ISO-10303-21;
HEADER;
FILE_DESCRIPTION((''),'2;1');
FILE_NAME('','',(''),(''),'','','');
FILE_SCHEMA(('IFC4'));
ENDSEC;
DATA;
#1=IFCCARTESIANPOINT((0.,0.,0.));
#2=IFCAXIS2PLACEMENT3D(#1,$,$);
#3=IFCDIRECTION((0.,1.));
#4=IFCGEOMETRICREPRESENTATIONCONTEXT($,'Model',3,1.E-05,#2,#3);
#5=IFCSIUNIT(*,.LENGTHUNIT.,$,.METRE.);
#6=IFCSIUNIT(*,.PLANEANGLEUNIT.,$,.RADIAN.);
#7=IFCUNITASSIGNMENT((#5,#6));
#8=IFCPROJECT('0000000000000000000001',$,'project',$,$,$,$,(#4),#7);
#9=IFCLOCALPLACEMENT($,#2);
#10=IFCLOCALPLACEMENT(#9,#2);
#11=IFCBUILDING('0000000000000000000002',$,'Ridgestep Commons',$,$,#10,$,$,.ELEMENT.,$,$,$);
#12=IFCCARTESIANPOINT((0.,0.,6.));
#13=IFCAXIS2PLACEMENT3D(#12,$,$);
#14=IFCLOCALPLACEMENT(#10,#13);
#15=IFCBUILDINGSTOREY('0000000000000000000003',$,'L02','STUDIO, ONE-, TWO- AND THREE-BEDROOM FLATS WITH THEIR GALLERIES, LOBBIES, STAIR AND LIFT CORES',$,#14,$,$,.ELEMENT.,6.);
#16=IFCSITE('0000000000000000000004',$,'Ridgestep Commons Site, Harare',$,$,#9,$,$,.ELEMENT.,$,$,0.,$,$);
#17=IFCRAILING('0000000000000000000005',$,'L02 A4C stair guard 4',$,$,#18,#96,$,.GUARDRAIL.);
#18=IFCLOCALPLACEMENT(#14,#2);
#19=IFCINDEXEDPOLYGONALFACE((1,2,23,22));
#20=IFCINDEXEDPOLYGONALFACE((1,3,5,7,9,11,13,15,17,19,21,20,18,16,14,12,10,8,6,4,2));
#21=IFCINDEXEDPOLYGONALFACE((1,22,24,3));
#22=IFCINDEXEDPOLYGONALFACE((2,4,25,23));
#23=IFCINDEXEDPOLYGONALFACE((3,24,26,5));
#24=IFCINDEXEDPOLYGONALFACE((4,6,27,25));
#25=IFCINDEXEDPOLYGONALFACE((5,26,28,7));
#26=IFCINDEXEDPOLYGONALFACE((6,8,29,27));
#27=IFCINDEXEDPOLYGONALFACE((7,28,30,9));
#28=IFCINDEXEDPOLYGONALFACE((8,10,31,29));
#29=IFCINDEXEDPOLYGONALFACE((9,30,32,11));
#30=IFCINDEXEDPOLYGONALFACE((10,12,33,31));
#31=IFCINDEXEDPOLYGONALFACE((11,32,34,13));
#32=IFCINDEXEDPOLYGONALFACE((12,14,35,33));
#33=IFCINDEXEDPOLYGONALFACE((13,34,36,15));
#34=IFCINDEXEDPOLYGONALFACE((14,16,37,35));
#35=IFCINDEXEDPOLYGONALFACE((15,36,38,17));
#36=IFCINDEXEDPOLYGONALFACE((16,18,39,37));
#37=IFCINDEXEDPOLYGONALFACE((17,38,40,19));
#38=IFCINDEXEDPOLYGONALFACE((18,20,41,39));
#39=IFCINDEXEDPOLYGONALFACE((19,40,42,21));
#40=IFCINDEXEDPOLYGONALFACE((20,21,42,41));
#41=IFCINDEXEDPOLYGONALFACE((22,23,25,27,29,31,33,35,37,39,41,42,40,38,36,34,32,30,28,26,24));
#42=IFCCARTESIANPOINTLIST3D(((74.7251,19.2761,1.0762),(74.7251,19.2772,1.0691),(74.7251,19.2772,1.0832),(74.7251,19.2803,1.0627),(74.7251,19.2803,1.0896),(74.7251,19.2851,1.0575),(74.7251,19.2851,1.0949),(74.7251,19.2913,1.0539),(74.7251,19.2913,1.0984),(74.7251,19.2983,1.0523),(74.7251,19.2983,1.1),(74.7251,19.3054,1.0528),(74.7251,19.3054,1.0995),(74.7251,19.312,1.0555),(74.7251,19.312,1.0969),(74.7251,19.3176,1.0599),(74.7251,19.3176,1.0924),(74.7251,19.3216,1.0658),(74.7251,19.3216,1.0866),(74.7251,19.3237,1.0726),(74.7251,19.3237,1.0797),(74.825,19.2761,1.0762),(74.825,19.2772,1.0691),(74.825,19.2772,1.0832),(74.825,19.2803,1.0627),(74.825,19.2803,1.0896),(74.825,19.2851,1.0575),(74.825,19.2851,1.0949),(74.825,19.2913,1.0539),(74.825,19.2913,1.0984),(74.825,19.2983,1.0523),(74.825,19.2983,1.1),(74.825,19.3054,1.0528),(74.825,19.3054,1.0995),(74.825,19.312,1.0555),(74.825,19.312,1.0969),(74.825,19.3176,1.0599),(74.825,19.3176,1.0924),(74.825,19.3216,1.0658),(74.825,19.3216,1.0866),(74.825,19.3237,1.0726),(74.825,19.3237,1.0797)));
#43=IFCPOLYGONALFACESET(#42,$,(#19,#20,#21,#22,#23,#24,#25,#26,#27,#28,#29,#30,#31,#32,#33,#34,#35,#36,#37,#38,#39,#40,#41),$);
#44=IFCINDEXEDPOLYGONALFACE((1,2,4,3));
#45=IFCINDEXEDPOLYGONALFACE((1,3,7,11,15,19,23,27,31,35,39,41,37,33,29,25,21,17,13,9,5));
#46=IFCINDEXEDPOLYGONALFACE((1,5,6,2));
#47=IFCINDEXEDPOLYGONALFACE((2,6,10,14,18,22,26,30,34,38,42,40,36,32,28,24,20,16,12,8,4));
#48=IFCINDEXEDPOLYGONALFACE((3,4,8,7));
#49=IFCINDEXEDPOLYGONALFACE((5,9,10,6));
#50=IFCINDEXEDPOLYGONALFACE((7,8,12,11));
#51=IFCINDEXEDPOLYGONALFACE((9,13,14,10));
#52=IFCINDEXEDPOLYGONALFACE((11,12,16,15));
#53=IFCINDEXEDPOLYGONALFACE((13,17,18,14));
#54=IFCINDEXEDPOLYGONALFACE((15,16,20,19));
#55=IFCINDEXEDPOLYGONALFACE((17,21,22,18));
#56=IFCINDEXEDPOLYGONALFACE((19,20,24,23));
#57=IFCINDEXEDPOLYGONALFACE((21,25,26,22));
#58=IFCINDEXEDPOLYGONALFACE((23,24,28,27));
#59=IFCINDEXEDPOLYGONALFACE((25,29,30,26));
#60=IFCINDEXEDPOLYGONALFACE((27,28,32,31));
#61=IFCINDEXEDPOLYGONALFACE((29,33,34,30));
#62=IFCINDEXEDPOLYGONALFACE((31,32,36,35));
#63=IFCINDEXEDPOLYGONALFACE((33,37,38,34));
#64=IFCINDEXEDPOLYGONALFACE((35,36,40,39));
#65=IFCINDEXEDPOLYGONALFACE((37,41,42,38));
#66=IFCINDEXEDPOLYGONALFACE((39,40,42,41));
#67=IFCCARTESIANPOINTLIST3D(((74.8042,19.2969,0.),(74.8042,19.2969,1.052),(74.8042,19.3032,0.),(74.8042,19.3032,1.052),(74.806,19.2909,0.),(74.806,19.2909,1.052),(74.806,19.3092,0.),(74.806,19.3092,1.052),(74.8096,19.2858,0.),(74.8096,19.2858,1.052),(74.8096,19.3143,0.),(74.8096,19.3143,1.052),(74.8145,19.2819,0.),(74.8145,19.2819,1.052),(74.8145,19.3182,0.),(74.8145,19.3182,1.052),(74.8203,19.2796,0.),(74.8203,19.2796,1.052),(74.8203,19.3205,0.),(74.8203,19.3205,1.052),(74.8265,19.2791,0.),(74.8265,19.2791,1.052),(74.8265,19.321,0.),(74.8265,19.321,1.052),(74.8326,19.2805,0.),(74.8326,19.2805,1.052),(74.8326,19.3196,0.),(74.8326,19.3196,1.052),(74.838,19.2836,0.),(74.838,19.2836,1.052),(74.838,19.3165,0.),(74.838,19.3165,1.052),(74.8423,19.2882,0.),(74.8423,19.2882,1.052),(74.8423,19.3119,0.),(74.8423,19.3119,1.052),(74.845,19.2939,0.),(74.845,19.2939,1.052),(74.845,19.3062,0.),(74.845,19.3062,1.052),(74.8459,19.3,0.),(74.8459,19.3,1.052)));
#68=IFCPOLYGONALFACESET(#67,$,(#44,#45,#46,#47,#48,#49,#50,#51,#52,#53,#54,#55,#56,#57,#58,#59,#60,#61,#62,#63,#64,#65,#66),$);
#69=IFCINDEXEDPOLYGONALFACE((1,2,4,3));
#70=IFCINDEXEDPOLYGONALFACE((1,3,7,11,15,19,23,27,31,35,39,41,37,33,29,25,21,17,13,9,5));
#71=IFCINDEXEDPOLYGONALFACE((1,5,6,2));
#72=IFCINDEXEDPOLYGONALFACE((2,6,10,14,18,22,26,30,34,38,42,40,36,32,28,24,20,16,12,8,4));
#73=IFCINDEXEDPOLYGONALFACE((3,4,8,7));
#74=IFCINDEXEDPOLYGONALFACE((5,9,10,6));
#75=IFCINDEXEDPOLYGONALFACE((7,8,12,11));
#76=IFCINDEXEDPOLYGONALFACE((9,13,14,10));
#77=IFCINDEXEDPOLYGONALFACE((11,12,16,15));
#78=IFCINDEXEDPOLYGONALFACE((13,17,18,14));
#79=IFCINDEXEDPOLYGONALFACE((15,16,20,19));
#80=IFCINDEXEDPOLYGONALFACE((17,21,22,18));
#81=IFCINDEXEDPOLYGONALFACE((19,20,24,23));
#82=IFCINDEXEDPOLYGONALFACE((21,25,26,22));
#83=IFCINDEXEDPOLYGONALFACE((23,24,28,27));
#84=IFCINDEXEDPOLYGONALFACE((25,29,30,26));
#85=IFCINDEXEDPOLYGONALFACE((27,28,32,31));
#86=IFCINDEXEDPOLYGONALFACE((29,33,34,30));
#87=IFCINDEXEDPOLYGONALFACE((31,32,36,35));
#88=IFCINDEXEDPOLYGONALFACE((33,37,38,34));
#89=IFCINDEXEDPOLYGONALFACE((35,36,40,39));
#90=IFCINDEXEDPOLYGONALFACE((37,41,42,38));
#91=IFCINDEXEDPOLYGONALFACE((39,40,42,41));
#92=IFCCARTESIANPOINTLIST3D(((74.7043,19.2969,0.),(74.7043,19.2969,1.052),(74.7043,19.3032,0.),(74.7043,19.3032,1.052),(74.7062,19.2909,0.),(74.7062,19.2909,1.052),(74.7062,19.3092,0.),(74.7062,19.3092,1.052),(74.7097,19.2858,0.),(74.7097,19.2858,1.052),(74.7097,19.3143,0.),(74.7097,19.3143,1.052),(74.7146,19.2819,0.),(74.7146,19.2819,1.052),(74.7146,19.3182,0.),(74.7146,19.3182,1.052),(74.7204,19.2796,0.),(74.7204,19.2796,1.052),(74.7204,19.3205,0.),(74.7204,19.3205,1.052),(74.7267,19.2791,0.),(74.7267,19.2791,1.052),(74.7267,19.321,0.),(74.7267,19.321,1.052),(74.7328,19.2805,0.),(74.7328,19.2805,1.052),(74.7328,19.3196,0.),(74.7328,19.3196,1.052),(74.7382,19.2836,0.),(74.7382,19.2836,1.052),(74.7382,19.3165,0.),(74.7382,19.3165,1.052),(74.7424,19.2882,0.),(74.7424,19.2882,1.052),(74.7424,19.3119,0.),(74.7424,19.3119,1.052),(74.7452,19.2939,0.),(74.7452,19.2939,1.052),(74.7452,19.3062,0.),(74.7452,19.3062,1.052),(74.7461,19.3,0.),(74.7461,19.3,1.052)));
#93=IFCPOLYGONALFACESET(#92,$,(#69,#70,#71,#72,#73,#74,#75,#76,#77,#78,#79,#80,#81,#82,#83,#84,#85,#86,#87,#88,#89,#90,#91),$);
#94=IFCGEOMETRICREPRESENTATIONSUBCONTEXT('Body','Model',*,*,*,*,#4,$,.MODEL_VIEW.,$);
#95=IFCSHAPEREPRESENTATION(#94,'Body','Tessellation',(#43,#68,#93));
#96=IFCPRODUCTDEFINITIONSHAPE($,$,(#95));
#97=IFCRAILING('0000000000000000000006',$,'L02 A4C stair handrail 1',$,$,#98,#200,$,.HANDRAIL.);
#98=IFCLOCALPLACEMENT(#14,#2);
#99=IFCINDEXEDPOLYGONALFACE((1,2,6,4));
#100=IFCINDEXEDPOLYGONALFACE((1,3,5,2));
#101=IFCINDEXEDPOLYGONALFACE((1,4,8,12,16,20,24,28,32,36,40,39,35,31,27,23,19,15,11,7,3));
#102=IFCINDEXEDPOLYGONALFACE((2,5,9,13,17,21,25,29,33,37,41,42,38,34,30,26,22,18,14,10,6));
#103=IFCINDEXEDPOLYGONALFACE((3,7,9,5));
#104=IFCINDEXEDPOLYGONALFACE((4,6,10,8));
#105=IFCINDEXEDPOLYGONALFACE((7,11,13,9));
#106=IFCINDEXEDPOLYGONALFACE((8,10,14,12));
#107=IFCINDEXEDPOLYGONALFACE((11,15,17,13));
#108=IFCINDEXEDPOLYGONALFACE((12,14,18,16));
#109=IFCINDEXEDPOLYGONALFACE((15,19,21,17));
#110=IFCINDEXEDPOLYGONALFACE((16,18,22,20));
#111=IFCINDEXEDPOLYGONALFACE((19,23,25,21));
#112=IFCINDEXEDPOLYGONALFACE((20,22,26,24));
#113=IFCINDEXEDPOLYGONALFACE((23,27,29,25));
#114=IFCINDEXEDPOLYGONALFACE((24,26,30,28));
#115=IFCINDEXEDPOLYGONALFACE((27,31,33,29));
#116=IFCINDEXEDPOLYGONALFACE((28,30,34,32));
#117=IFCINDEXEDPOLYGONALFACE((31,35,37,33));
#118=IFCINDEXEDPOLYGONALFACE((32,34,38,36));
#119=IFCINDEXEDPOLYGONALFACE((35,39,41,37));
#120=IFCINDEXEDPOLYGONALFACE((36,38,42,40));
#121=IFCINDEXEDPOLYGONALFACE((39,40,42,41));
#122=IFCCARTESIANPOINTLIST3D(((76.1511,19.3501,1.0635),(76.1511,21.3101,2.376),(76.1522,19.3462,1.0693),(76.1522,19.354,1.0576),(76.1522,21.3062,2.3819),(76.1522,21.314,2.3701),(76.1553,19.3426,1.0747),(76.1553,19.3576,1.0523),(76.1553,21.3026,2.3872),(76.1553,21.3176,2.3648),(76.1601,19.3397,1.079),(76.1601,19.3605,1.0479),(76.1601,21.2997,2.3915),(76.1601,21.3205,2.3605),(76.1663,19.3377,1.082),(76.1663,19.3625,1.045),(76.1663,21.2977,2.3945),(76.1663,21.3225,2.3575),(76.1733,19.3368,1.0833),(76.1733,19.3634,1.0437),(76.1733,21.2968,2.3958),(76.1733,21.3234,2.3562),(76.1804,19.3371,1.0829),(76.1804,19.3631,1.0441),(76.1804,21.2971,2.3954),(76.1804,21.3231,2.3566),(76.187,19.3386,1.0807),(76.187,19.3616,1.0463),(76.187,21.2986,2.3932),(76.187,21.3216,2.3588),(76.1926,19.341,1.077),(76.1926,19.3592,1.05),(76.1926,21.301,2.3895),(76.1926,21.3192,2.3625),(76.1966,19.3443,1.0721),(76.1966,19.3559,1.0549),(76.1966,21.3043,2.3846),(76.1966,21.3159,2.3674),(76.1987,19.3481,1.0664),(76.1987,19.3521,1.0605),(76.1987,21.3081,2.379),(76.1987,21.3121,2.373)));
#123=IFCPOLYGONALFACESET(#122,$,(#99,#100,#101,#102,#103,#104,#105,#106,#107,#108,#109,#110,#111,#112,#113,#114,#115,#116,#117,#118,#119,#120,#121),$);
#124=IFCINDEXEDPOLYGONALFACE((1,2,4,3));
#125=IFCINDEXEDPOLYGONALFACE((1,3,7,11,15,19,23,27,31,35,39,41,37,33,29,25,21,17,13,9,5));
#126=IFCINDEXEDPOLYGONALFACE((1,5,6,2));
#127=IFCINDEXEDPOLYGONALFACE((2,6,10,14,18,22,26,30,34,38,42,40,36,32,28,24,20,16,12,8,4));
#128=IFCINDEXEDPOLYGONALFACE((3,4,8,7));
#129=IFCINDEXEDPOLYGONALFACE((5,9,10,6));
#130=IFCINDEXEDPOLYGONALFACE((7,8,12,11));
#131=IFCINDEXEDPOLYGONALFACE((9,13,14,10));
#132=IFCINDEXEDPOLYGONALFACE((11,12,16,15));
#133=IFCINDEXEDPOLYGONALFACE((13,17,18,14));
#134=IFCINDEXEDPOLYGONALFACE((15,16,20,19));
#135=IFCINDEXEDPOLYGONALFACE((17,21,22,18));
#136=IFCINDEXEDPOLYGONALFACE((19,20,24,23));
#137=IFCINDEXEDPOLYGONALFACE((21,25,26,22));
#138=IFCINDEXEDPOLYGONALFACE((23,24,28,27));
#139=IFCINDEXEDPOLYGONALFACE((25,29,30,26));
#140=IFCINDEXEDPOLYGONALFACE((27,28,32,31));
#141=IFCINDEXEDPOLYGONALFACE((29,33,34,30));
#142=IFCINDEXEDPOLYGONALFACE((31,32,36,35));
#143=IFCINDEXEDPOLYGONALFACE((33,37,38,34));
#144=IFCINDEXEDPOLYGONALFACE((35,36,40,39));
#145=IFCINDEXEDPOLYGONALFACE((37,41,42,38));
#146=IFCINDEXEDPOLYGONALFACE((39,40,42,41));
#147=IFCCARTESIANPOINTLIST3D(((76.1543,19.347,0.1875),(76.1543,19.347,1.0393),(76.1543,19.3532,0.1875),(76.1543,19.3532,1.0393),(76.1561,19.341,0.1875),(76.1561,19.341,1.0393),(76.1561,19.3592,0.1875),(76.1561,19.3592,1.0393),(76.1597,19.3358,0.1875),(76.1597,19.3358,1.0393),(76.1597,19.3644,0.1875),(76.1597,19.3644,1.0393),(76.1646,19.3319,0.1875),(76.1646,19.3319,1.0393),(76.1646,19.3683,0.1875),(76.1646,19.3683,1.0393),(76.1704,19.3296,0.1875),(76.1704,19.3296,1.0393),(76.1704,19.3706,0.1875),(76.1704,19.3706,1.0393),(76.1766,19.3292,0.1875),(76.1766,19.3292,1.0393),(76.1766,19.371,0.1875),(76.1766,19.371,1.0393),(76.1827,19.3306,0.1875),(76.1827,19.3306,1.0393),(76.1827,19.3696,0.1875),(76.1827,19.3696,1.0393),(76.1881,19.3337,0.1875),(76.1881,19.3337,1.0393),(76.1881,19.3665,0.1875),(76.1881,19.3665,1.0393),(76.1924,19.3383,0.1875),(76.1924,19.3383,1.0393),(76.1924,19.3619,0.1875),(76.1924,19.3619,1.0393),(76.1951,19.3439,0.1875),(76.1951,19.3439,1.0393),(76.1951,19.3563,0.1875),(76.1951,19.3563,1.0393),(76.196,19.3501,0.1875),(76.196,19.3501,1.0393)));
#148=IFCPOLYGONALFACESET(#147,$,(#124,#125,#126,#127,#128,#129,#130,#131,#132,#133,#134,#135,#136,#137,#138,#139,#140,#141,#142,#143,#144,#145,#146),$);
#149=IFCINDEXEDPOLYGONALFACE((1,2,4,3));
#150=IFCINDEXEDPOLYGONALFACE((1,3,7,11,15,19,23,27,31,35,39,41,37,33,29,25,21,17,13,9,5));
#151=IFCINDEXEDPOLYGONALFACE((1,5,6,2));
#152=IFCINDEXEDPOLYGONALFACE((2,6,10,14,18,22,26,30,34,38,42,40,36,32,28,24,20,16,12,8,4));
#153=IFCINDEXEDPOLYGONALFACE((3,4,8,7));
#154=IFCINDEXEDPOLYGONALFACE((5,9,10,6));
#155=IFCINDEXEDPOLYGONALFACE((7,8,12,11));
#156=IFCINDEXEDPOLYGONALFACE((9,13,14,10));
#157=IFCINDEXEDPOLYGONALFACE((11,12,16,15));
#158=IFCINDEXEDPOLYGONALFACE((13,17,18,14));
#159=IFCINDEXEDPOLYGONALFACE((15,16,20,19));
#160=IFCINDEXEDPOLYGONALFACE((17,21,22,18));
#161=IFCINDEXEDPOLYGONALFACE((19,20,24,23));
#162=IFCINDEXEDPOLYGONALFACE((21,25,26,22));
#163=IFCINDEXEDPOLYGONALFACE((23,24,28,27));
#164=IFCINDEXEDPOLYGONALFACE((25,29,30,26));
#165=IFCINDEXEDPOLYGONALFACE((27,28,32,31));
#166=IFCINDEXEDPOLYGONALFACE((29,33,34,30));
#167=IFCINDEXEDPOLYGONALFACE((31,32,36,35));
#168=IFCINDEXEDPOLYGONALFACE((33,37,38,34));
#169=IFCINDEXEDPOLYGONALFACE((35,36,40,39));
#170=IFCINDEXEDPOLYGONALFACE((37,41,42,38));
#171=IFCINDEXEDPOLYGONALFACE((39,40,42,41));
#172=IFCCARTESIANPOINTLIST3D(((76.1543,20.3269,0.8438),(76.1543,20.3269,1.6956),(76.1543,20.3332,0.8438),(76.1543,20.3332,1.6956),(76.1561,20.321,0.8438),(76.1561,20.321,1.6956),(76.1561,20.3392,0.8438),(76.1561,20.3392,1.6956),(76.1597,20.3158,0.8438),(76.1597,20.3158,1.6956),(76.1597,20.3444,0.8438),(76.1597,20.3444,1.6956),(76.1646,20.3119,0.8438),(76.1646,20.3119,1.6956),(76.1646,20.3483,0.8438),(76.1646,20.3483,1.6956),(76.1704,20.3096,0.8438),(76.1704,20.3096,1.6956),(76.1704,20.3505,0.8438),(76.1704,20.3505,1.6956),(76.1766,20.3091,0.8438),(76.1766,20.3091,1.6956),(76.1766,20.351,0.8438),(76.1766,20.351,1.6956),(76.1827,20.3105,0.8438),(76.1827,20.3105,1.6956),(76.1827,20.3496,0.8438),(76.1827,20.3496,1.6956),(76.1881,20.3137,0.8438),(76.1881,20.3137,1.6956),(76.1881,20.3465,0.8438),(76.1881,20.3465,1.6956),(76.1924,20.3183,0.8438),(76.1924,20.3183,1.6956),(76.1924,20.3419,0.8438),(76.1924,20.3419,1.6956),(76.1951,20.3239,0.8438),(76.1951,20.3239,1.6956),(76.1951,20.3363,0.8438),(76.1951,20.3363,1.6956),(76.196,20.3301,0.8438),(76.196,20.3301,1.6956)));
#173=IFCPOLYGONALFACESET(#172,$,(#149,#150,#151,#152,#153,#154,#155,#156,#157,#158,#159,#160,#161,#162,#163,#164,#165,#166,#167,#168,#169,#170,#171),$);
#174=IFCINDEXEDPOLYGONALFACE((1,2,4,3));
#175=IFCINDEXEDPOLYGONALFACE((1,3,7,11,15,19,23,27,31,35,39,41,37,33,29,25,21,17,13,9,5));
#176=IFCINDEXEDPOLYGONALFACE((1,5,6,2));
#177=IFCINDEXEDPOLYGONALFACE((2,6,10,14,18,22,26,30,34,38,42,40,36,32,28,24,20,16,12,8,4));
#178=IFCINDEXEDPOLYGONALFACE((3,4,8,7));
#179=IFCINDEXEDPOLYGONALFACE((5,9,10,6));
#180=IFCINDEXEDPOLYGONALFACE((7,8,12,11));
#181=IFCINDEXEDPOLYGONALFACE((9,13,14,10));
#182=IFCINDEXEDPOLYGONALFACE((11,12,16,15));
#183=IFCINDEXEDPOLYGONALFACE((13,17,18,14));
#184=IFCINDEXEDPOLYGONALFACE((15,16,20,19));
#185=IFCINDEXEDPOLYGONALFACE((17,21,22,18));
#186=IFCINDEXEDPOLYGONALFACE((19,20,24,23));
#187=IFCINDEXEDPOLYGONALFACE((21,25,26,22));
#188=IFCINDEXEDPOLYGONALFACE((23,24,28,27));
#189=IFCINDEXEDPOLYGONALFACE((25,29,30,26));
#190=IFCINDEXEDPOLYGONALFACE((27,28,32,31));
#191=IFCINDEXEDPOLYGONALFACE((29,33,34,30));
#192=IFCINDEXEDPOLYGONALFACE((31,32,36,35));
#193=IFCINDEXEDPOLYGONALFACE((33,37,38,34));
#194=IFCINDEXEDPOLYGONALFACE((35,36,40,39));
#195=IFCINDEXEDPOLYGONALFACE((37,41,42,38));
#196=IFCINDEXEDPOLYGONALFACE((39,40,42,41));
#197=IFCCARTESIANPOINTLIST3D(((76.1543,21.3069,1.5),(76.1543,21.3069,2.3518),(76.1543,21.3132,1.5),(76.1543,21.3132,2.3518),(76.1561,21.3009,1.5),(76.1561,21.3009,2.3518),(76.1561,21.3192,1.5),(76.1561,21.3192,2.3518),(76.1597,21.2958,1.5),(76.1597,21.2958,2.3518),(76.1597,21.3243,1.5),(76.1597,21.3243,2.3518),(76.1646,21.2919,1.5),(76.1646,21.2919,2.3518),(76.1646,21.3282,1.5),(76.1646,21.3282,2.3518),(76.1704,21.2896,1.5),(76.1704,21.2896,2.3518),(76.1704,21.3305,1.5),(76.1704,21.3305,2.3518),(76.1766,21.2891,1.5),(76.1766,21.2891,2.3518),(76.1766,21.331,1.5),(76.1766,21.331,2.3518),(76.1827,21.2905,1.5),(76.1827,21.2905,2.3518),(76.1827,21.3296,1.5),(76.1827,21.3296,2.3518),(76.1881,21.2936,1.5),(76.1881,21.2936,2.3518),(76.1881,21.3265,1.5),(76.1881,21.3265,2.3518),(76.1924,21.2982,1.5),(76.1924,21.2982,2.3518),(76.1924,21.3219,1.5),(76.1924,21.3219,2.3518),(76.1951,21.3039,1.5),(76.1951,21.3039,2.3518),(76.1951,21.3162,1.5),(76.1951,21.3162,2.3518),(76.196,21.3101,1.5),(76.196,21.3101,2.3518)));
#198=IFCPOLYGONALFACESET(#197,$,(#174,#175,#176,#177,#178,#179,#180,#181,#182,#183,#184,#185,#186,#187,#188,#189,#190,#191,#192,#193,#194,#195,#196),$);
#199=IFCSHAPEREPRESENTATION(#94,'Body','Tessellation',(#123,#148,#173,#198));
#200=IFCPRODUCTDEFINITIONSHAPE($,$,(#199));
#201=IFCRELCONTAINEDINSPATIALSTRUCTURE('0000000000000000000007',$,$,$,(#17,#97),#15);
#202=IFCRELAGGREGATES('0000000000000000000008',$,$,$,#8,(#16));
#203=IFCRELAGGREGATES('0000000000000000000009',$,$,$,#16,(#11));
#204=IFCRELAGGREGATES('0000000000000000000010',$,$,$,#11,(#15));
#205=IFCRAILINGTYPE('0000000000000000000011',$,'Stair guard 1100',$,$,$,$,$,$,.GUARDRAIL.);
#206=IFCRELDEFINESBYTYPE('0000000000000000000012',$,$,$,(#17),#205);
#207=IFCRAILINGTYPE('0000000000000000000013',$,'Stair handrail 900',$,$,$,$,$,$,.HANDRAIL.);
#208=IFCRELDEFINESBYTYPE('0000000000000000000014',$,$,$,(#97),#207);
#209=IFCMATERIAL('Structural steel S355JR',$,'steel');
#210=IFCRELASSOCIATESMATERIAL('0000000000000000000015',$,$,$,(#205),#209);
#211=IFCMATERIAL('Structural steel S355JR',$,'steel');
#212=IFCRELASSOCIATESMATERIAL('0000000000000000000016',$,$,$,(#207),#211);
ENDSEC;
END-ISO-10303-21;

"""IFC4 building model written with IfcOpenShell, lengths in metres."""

from ifc_helpers import new_model, si_unit, direction, frame, origin, origin_2d, place, context, subcontext, project, spatial, circle, extrude, material, type_object, element, save


model = new_model("IFC4")

# Units and contexts
model_context = context("Model", 3, precision=1e-05, world=origin(), true_north=direction((0.0, 1.0)))
body_context = subcontext(model_context, "Body", "Model", "MODEL_VIEW")
ifc_project = project(units=[si_unit("LENGTHUNIT", "METRE"), si_unit("PLANEANGLEUNIT", "RADIAN")], contexts=[model_context])

# Site, building, storey
site_placement = place(None, origin())
site = spatial("IfcSite", under=ifc_project, at=site_placement, Name="Ridgestep Commons Site, Harare", CompositionType="ELEMENT", RefElevation=0.0)
building_placement = place(site_placement, origin())
building = spatial("IfcBuilding", under=site, at=building_placement, Name="Ridgestep Commons", CompositionType="ELEMENT")
storey_placement = place(building_placement, frame((0.0, 0.0, 6.0)))
storey = spatial("IfcBuildingStorey", under=building, at=storey_placement, Name="L02", Description="STUDIO, ONE-, TWO- AND THREE-BEDROOM FLATS WITH THEIR GALLERIES, LOBBIES, STAIR AND LIFT CORES", CompositionType="ELEMENT", Elevation=6.0)

# Railings
ifc_material_1 = material(Name="Structural steel S355JR", Category="steel")
railing_type_1 = type_object("IfcRailingType", Name="Stair guard 1100", PredefinedType="GUARDRAIL", material=ifc_material_1)
railing_1_placement = place(storey_placement, frame((74.825, 19.3, 0.0)))
element("IfcRailing", 1, at=railing_1_placement, inside=storey, type_object=railing_type_1, Name="L02 A4C stair guard 4", PredefinedType="GUARDRAIL", context=body_context, shape_type="SweptSolid", body=[
    extrude(circle(Radius=0.0239, at=origin_2d()), frame((0.0, 0.0, 1.0762), z_axis=(-1.0, 0.0, 0.0), x_axis=(0.0, -1.0, 0.0)), (0.0, 0.0, 1.0), 0.0999),
    extrude(circle(Radius=0.021, at=origin_2d()), origin(), (0.0, 0.0, 1.0), 1.052),
    extrude(circle(Radius=0.021, at=origin_2d()), frame((-0.0999, 0.0, 0.0)), (0.0, 0.0, 1.0), 1.052),
])
ifc_material_2 = material(Name="Structural steel S355JR", Category="steel")
railing_type_2 = type_object("IfcRailingType", Name="Stair handrail 900", PredefinedType="HANDRAIL", material=ifc_material_2)
railing_2_placement = place(storey_placement, frame((76.175, 19.3501, 0.1875)))
element("IfcRailing", 2, at=railing_2_placement, inside=storey, type_object=railing_type_2, Name="L02 A4C stair handrail 1", PredefinedType="HANDRAIL", context=body_context, shape_type="SweptSolid", body=[
    extrude(circle(Radius=0.0239, at=origin_2d()), frame((0.0, 0.0, 0.876), z_axis=(0.0, 0.830902, 0.556419), x_axis=(-1.0, 0.0, 0.0)), (0.0, 0.0, 1.0), 2.3589),
    extrude(circle(Radius=0.021, at=origin_2d()), origin(), (0.0, 0.0, 1.0), 0.8518),
    extrude(circle(Radius=0.021, at=origin_2d()), frame((0.0, 0.98, 0.6562)), (0.0, 0.0, 1.0), 0.8518),
    extrude(circle(Radius=0.021, at=origin_2d()), frame((0.0, 1.96, 1.3125)), (0.0, 0.0, 1.0), 0.8518),
])

save(model, "model.ifc")
